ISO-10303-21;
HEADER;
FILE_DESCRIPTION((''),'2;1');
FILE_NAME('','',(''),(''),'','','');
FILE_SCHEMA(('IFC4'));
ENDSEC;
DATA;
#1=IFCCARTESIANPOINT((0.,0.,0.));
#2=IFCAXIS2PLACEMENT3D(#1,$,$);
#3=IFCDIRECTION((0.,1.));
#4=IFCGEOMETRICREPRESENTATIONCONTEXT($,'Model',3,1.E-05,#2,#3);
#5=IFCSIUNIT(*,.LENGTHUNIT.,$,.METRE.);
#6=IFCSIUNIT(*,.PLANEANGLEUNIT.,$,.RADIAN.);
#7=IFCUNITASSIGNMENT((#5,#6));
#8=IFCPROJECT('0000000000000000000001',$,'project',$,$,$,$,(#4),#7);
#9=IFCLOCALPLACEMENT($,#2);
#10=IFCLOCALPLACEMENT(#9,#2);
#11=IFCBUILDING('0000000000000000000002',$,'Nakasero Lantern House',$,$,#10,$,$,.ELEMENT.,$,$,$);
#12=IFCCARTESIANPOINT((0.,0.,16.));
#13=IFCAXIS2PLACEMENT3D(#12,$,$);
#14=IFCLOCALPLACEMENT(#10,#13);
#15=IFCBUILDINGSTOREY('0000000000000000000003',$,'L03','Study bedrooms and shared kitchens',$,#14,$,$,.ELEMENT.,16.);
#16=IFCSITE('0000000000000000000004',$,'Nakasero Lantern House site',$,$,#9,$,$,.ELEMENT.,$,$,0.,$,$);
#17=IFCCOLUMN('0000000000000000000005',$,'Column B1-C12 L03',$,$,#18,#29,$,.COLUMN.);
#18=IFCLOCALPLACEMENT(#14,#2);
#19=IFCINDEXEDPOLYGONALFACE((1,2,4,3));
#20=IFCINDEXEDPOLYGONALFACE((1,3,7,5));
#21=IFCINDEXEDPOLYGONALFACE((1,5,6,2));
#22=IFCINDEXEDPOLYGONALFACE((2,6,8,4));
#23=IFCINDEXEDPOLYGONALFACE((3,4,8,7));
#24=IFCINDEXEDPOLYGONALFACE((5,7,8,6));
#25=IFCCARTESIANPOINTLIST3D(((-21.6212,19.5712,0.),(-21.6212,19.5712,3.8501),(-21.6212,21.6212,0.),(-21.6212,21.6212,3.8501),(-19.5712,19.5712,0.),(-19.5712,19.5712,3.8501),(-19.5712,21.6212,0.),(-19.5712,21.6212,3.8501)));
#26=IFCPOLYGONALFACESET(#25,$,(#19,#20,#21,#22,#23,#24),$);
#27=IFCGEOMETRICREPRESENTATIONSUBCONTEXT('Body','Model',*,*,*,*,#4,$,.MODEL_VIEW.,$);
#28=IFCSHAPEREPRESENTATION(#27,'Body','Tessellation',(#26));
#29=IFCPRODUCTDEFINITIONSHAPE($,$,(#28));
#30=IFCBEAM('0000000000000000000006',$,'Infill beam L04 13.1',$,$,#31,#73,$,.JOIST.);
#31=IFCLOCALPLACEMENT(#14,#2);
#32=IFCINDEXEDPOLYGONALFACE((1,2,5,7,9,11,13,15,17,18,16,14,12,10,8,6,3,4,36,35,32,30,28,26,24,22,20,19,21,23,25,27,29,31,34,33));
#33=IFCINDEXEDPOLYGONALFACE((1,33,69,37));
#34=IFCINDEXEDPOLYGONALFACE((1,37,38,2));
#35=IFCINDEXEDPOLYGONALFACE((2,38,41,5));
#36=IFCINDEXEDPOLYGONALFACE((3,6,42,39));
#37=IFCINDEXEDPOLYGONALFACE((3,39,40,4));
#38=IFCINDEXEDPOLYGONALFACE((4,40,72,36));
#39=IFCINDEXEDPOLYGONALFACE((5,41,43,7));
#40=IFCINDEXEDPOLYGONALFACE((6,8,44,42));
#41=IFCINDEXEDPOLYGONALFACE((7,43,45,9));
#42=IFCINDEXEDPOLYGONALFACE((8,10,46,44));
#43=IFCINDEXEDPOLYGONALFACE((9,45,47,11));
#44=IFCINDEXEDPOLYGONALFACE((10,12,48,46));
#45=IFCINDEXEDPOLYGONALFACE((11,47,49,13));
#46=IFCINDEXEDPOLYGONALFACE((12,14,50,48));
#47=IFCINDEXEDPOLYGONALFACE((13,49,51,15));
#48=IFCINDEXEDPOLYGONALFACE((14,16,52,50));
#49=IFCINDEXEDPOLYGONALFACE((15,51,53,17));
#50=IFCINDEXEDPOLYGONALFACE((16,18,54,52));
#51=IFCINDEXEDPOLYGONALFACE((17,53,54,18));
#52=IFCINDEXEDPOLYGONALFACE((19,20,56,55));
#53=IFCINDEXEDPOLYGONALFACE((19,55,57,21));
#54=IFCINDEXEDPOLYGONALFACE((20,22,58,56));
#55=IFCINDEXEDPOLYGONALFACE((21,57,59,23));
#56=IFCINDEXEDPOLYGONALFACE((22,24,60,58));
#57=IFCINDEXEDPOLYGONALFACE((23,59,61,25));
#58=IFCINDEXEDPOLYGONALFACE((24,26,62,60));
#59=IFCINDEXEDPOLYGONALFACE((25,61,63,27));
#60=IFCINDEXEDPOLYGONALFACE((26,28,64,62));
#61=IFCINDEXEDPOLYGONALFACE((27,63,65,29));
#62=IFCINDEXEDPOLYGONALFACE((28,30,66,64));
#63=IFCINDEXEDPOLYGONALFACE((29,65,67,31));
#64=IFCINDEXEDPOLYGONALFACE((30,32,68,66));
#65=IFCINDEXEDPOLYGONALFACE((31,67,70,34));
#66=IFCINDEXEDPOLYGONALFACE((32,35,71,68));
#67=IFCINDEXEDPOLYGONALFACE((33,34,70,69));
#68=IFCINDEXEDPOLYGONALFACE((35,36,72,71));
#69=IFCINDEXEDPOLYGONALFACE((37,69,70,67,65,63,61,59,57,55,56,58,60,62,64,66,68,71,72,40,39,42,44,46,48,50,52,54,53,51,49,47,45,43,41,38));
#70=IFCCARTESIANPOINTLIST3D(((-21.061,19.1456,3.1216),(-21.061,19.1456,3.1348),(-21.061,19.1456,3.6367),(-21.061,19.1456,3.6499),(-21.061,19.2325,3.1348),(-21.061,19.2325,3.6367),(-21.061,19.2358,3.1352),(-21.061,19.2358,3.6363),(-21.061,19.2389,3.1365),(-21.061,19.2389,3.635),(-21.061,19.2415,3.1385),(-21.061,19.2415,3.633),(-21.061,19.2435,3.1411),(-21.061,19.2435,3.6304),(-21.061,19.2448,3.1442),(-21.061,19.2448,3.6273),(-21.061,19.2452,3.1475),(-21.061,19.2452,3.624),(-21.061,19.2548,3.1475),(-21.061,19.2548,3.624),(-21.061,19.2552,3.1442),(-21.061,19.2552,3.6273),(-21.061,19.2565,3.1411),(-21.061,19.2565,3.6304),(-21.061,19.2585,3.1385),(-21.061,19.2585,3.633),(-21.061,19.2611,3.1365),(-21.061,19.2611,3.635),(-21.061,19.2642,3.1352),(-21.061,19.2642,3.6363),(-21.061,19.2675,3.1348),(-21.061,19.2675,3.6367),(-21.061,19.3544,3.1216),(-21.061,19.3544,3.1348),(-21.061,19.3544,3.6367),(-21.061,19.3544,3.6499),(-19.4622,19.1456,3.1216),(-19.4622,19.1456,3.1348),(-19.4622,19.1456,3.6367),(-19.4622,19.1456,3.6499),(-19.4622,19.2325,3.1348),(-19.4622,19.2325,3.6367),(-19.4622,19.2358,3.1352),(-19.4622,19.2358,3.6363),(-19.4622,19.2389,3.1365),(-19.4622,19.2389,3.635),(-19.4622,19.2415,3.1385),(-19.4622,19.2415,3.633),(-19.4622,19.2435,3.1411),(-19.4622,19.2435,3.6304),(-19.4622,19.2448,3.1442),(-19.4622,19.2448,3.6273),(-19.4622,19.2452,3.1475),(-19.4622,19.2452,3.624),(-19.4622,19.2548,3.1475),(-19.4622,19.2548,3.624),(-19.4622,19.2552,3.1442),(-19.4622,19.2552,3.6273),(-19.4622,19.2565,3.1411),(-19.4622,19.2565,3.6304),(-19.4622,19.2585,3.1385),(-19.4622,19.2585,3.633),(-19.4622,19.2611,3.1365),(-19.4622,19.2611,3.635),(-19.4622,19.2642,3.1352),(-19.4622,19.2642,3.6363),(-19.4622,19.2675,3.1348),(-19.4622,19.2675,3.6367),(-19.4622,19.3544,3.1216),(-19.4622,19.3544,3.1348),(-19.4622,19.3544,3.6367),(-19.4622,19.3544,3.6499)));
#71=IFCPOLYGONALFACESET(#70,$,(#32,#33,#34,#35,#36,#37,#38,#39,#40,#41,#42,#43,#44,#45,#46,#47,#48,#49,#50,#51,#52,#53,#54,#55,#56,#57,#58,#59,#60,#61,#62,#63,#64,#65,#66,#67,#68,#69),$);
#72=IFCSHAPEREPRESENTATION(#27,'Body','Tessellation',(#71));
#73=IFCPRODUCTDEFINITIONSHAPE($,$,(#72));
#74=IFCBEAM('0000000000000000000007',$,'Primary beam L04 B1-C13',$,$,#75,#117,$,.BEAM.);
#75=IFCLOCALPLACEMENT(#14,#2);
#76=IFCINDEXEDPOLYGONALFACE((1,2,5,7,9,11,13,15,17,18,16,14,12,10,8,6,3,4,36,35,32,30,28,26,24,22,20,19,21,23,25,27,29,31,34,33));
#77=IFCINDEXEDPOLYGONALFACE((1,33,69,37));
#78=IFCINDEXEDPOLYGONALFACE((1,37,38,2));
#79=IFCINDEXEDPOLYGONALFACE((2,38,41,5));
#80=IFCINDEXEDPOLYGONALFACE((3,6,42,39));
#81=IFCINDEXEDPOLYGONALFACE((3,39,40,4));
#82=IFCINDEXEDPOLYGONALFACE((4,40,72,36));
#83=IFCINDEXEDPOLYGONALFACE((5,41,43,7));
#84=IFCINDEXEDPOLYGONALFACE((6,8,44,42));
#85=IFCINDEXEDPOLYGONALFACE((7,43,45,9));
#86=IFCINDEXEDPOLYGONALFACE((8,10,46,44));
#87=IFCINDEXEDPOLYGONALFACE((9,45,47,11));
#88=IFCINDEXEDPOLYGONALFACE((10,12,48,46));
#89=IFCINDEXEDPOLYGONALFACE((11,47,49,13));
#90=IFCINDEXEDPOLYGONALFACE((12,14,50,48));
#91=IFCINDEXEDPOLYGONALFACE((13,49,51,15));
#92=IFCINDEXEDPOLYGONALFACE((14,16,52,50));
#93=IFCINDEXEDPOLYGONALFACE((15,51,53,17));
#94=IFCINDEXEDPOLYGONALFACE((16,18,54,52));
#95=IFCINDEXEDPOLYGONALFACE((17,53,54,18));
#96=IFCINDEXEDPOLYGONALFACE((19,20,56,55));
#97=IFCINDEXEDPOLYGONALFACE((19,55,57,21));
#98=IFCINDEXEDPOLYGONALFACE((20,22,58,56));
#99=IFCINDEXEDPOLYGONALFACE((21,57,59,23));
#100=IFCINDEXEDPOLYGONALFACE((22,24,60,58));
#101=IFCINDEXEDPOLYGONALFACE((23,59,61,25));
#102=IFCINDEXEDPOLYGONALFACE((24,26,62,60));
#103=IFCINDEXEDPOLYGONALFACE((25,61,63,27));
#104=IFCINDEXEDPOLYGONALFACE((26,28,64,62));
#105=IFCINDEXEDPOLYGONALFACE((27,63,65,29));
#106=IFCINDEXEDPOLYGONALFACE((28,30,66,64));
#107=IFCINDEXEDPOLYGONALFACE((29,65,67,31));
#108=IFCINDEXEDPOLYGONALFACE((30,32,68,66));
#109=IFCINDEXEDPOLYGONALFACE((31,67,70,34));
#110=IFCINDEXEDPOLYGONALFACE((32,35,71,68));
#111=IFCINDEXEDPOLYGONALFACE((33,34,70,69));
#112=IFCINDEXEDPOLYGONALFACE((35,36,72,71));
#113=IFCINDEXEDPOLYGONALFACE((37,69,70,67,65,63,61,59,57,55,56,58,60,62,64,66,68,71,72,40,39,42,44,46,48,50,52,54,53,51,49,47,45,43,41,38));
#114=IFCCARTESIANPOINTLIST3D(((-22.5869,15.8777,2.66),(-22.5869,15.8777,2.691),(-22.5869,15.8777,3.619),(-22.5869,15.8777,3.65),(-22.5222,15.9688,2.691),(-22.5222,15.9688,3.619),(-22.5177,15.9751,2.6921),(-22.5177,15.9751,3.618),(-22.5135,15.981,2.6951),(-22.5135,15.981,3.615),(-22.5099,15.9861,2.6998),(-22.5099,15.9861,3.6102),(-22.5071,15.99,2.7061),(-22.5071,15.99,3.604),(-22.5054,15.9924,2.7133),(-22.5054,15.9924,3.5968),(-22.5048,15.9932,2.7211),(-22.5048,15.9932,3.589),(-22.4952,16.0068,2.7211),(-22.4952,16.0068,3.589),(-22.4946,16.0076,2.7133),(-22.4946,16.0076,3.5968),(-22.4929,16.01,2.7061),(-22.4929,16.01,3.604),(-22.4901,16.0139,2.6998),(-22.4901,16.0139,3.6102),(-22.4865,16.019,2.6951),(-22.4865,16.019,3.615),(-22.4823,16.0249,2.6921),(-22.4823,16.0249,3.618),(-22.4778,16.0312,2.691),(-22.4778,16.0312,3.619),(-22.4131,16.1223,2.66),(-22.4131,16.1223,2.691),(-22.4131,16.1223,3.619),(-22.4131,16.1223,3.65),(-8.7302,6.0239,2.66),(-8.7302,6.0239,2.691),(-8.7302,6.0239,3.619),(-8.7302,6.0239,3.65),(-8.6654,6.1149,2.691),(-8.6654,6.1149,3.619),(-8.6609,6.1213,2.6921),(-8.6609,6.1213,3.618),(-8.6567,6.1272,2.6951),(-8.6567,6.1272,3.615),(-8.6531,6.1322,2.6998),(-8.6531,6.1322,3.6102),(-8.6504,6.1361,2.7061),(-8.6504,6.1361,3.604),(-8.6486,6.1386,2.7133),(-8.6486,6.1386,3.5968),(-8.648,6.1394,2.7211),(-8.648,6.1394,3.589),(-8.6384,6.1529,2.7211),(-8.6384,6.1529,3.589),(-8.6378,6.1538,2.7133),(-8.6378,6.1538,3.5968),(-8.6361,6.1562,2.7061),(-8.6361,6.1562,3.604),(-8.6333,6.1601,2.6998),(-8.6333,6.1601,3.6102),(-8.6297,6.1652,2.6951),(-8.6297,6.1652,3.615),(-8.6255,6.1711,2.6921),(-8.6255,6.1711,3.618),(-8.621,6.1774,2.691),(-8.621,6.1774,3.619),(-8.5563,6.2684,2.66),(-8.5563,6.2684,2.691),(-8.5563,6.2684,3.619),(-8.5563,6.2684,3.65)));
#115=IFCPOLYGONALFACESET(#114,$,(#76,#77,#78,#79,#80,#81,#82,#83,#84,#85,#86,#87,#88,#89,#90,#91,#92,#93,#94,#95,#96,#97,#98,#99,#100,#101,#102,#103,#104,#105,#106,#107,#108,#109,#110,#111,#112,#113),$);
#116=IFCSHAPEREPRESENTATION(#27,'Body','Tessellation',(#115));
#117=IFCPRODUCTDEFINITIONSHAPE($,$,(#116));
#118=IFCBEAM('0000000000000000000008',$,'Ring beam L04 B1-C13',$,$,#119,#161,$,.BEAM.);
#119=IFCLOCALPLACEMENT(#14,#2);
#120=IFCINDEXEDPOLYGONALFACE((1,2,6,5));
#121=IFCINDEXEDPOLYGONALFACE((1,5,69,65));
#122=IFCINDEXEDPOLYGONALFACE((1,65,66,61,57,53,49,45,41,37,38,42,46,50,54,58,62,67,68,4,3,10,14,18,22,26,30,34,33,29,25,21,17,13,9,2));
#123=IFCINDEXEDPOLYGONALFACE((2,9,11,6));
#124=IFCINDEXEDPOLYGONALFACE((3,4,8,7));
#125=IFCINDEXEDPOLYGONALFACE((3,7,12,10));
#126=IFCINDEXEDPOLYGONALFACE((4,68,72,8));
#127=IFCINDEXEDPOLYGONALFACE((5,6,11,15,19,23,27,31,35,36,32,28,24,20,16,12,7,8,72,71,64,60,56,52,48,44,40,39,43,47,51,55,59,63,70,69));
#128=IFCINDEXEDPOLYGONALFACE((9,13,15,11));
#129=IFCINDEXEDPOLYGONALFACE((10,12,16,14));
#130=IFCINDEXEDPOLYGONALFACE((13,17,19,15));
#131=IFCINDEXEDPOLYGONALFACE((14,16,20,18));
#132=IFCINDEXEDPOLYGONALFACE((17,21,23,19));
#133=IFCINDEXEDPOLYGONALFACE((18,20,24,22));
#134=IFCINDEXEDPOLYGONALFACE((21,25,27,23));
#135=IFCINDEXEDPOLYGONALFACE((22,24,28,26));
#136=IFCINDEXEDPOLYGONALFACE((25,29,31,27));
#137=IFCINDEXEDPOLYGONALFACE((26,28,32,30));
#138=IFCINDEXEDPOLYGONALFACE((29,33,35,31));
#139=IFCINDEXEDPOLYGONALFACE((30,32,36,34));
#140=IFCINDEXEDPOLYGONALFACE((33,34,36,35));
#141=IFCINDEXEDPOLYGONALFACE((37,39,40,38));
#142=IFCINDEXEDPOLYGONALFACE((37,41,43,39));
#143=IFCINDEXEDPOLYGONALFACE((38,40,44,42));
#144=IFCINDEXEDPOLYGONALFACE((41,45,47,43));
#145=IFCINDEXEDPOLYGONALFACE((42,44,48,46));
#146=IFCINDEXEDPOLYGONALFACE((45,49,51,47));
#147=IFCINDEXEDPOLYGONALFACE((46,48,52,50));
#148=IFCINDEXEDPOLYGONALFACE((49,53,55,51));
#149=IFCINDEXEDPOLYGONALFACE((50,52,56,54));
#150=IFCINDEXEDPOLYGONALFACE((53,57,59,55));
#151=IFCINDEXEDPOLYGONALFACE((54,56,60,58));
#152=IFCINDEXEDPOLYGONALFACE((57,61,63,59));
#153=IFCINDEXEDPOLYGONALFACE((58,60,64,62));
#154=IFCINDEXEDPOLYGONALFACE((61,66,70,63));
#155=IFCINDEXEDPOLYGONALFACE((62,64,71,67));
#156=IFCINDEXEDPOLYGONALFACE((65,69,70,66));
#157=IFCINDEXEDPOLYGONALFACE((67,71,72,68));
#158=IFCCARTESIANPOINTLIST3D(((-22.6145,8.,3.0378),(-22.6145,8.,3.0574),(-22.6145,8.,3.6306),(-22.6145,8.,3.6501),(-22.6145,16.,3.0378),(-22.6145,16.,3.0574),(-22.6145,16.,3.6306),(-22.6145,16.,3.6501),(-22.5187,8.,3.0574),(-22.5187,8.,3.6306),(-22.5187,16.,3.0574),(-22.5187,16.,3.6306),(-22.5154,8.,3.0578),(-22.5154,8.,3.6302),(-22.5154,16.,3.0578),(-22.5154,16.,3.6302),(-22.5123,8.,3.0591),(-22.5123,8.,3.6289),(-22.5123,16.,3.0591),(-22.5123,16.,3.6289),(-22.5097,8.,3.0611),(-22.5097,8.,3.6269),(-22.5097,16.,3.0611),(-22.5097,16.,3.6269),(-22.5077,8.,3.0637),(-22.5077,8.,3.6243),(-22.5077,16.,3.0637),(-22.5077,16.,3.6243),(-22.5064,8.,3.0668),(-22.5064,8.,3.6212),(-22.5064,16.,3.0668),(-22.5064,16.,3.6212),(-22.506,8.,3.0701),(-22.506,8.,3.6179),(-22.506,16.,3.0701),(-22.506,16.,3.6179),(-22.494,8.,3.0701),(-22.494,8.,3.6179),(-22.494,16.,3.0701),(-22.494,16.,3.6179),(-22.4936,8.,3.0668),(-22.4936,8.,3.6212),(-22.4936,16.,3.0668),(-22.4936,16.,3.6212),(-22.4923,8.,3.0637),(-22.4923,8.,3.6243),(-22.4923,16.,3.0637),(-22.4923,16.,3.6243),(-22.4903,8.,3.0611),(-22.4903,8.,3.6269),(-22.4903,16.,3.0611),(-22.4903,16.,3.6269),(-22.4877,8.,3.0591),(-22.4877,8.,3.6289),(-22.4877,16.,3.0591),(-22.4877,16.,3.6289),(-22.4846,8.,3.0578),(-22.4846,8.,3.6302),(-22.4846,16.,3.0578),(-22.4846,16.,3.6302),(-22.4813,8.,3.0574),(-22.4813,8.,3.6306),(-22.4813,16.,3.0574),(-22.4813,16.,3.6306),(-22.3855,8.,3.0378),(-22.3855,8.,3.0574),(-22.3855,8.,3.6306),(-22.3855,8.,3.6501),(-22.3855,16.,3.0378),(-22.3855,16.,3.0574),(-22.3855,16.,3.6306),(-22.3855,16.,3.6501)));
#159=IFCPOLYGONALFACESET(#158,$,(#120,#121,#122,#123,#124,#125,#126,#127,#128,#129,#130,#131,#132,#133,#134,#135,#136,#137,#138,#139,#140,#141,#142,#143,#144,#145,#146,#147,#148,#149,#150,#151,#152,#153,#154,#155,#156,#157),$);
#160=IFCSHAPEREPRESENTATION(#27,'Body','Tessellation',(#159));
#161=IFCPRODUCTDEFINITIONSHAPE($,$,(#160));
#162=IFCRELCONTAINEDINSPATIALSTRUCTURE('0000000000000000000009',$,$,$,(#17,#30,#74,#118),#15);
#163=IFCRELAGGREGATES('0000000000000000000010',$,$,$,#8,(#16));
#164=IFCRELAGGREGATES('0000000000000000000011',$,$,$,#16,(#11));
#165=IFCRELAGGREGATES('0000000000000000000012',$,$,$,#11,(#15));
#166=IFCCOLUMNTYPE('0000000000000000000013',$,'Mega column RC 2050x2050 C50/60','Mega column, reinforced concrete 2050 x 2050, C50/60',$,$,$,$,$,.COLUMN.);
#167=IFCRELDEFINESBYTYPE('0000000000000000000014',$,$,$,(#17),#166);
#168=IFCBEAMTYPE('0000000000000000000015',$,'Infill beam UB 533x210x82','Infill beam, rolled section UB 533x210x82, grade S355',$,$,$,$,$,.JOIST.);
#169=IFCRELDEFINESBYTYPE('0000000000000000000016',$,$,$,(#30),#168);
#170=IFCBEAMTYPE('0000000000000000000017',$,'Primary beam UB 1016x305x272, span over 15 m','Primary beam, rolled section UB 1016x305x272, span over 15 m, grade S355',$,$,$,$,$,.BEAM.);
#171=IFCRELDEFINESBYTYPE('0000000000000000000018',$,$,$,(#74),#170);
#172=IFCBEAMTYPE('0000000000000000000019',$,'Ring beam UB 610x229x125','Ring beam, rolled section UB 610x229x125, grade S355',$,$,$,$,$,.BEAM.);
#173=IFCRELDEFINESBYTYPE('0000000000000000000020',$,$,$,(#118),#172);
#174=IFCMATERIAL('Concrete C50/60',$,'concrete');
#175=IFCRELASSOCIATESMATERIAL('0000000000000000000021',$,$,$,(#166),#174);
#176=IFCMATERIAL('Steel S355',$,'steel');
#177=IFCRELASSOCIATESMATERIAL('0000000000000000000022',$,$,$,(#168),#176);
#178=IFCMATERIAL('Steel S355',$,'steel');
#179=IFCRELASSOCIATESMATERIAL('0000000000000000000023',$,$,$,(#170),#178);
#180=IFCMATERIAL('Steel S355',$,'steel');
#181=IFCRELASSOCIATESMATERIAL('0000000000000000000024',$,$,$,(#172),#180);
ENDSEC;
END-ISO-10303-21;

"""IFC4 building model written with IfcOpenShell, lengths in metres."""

from ifc_helpers import new_model, si_unit, direction, frame, origin, origin_2d, place, context, subcontext, project, spatial, rectangle, i_section, extrude, material, material_profile, profile_set, type_object, element, save


model = new_model("IFC4")

# Units and contexts
model_context = context("Model", 3, precision=1e-05, world=origin(), true_north=direction((0.0, 1.0)))
body_context = subcontext(model_context, "Body", "Model", "MODEL_VIEW")
ifc_project = project(units=[si_unit("LENGTHUNIT", "METRE"), si_unit("PLANEANGLEUNIT", "RADIAN")], contexts=[model_context])

# Site, building, storey
site_placement = place(None, origin())
site = spatial("IfcSite", under=ifc_project, at=site_placement, Name="Nakasero Lantern House site", CompositionType="ELEMENT", RefElevation=0.0)
building_placement = place(site_placement, origin())
building = spatial("IfcBuilding", under=site, at=building_placement, Name="Nakasero Lantern House", CompositionType="ELEMENT")
storey_placement = place(building_placement, frame((0.0, 0.0, 16.0)))
storey = spatial("IfcBuildingStorey", under=building, at=storey_placement, Name="L03", Description="Study bedrooms and shared kitchens", CompositionType="ELEMENT", Elevation=16.0)

# Column
ifc_material_1 = material(Name="Concrete C50/60", Category="concrete")
ifc_material_profile_1 = material_profile(ifc_material_1, rectangle(XDim=2.05, YDim=2.05, at=origin_2d()), Name="RC 2050x2050")
ifc_profile_set_1 = profile_set([ifc_material_profile_1], Name="Concrete C50/60")
column_type = type_object("IfcColumnType", Name="Mega column RC 2050x2050 C50/60", Description="Mega column, reinforced concrete 2050 x 2050, C50/60", PredefinedType="COLUMN", material=ifc_profile_set_1)
column_placement = place(storey_placement, frame((-20.5962, 20.5962, 0.0), z_axis=(0.0, 0.0, 1.0), x_axis=(1.0, 0.0, 0.0)))
element("IfcColumn", 1, at=column_placement, inside=storey, type_object=column_type, Name="Column B1-C12 L03", PredefinedType="COLUMN", context=body_context, shape_type="SweptSolid", body=[
    extrude(rectangle(XDim=2.05, YDim=2.05, at=origin_2d()), origin(), (0.0, 0.0, 1.0), 3.8501),
])

# Beams
ifc_material_2 = material(Name="Steel S355", Category="steel")
ifc_material_profile_2 = material_profile(ifc_material_2, i_section(OverallWidth=0.2087, OverallDepth=0.5283, WebThickness=0.0095, FlangeThickness=0.0132, FilletRadius=0.0127, at=origin_2d()), Name="UB 533x210x82")
ifc_profile_set_2 = profile_set([ifc_material_profile_2], Name="Steel S355")
beam_type_1 = type_object("IfcBeamType", Name="Infill beam UB 533x210x82", Description="Infill beam, rolled section UB 533x210x82, grade S355", PredefinedType="JOIST", material=ifc_profile_set_2)
beam_1_placement = place(storey_placement, frame((-21.061, 19.25, 3.3857), z_axis=(1.0, 0.0, 0.0), x_axis=(0.0, 1.0, 0.0)))
element("IfcBeam", 2, at=beam_1_placement, inside=storey, type_object=beam_type_1, Name="Infill beam L04 13.1", PredefinedType="JOIST", context=body_context, shape_type="SweptSolid", body=[
    extrude(i_section(OverallWidth=0.2087, OverallDepth=0.5283, WebThickness=0.0095, FlangeThickness=0.0132, FilletRadius=0.0127, at=origin_2d()), origin(), (0.0, 0.0, 1.0), 1.5989),
])
ifc_material_3 = material(Name="Steel S355", Category="steel")
ifc_material_profile_3 = material_profile(ifc_material_3, i_section(OverallWidth=0.3, OverallDepth=0.99, WebThickness=0.0166, FlangeThickness=0.031, FilletRadius=0.03, at=origin_2d()), Name="UB 1016x305x272")
ifc_profile_set_3 = profile_set([ifc_material_profile_3], Name="Steel S355")
beam_type_2 = type_object("IfcBeamType", Name="Primary beam UB 1016x305x272, span over 15 m", Description="Primary beam, rolled section UB 1016x305x272, span over 15 m, grade S355", PredefinedType="BEAM", material=ifc_profile_set_3)
beam_2_placement = place(storey_placement, frame((-22.5, 16.0, 3.155), z_axis=(0.814952, -0.579528, 0.0), x_axis=(0.579528, 0.814952, 0.0)))
element("IfcBeam", 3, at=beam_2_placement, inside=storey, type_object=beam_type_2, Name="Primary beam L04 B1-C13", PredefinedType="BEAM", context=body_context, shape_type="SweptSolid", body=[
    extrude(i_section(OverallWidth=0.3, OverallDepth=0.99, WebThickness=0.0166, FlangeThickness=0.031, FilletRadius=0.03, at=origin_2d()), origin(), (0.0, 0.0, 1.0), 17.0032),
])
ifc_material_4 = material(Name="Steel S355", Category="steel")
ifc_material_profile_4 = material_profile(ifc_material_4, i_section(OverallWidth=0.229, OverallDepth=0.6123, WebThickness=0.012, FlangeThickness=0.0195, FilletRadius=0.0127, at=origin_2d()), Name="UB 610x229x125")
ifc_profile_set_4 = profile_set([ifc_material_profile_4], Name="Steel S355")
beam_type_3 = type_object("IfcBeamType", Name="Ring beam UB 610x229x125", Description="Ring beam, rolled section UB 610x229x125, grade S355", PredefinedType="BEAM", material=ifc_profile_set_4)
beam_3_placement = place(storey_placement, frame((-22.5, 16.0, 3.344), z_axis=(0.0, -1.0, 0.0), x_axis=(1.0, 0.0, 0.0)))
element("IfcBeam", 4, at=beam_3_placement, inside=storey, type_object=beam_type_3, Name="Ring beam L04 B1-C13", PredefinedType="BEAM", context=body_context, shape_type="SweptSolid", body=[
    extrude(i_section(OverallWidth=0.229, OverallDepth=0.6123, WebThickness=0.012, FlangeThickness=0.0195, FilletRadius=0.0127, at=origin_2d()), origin(), (0.0, 0.0, 1.0), 8.0),
])

save(model, "model.ifc")
